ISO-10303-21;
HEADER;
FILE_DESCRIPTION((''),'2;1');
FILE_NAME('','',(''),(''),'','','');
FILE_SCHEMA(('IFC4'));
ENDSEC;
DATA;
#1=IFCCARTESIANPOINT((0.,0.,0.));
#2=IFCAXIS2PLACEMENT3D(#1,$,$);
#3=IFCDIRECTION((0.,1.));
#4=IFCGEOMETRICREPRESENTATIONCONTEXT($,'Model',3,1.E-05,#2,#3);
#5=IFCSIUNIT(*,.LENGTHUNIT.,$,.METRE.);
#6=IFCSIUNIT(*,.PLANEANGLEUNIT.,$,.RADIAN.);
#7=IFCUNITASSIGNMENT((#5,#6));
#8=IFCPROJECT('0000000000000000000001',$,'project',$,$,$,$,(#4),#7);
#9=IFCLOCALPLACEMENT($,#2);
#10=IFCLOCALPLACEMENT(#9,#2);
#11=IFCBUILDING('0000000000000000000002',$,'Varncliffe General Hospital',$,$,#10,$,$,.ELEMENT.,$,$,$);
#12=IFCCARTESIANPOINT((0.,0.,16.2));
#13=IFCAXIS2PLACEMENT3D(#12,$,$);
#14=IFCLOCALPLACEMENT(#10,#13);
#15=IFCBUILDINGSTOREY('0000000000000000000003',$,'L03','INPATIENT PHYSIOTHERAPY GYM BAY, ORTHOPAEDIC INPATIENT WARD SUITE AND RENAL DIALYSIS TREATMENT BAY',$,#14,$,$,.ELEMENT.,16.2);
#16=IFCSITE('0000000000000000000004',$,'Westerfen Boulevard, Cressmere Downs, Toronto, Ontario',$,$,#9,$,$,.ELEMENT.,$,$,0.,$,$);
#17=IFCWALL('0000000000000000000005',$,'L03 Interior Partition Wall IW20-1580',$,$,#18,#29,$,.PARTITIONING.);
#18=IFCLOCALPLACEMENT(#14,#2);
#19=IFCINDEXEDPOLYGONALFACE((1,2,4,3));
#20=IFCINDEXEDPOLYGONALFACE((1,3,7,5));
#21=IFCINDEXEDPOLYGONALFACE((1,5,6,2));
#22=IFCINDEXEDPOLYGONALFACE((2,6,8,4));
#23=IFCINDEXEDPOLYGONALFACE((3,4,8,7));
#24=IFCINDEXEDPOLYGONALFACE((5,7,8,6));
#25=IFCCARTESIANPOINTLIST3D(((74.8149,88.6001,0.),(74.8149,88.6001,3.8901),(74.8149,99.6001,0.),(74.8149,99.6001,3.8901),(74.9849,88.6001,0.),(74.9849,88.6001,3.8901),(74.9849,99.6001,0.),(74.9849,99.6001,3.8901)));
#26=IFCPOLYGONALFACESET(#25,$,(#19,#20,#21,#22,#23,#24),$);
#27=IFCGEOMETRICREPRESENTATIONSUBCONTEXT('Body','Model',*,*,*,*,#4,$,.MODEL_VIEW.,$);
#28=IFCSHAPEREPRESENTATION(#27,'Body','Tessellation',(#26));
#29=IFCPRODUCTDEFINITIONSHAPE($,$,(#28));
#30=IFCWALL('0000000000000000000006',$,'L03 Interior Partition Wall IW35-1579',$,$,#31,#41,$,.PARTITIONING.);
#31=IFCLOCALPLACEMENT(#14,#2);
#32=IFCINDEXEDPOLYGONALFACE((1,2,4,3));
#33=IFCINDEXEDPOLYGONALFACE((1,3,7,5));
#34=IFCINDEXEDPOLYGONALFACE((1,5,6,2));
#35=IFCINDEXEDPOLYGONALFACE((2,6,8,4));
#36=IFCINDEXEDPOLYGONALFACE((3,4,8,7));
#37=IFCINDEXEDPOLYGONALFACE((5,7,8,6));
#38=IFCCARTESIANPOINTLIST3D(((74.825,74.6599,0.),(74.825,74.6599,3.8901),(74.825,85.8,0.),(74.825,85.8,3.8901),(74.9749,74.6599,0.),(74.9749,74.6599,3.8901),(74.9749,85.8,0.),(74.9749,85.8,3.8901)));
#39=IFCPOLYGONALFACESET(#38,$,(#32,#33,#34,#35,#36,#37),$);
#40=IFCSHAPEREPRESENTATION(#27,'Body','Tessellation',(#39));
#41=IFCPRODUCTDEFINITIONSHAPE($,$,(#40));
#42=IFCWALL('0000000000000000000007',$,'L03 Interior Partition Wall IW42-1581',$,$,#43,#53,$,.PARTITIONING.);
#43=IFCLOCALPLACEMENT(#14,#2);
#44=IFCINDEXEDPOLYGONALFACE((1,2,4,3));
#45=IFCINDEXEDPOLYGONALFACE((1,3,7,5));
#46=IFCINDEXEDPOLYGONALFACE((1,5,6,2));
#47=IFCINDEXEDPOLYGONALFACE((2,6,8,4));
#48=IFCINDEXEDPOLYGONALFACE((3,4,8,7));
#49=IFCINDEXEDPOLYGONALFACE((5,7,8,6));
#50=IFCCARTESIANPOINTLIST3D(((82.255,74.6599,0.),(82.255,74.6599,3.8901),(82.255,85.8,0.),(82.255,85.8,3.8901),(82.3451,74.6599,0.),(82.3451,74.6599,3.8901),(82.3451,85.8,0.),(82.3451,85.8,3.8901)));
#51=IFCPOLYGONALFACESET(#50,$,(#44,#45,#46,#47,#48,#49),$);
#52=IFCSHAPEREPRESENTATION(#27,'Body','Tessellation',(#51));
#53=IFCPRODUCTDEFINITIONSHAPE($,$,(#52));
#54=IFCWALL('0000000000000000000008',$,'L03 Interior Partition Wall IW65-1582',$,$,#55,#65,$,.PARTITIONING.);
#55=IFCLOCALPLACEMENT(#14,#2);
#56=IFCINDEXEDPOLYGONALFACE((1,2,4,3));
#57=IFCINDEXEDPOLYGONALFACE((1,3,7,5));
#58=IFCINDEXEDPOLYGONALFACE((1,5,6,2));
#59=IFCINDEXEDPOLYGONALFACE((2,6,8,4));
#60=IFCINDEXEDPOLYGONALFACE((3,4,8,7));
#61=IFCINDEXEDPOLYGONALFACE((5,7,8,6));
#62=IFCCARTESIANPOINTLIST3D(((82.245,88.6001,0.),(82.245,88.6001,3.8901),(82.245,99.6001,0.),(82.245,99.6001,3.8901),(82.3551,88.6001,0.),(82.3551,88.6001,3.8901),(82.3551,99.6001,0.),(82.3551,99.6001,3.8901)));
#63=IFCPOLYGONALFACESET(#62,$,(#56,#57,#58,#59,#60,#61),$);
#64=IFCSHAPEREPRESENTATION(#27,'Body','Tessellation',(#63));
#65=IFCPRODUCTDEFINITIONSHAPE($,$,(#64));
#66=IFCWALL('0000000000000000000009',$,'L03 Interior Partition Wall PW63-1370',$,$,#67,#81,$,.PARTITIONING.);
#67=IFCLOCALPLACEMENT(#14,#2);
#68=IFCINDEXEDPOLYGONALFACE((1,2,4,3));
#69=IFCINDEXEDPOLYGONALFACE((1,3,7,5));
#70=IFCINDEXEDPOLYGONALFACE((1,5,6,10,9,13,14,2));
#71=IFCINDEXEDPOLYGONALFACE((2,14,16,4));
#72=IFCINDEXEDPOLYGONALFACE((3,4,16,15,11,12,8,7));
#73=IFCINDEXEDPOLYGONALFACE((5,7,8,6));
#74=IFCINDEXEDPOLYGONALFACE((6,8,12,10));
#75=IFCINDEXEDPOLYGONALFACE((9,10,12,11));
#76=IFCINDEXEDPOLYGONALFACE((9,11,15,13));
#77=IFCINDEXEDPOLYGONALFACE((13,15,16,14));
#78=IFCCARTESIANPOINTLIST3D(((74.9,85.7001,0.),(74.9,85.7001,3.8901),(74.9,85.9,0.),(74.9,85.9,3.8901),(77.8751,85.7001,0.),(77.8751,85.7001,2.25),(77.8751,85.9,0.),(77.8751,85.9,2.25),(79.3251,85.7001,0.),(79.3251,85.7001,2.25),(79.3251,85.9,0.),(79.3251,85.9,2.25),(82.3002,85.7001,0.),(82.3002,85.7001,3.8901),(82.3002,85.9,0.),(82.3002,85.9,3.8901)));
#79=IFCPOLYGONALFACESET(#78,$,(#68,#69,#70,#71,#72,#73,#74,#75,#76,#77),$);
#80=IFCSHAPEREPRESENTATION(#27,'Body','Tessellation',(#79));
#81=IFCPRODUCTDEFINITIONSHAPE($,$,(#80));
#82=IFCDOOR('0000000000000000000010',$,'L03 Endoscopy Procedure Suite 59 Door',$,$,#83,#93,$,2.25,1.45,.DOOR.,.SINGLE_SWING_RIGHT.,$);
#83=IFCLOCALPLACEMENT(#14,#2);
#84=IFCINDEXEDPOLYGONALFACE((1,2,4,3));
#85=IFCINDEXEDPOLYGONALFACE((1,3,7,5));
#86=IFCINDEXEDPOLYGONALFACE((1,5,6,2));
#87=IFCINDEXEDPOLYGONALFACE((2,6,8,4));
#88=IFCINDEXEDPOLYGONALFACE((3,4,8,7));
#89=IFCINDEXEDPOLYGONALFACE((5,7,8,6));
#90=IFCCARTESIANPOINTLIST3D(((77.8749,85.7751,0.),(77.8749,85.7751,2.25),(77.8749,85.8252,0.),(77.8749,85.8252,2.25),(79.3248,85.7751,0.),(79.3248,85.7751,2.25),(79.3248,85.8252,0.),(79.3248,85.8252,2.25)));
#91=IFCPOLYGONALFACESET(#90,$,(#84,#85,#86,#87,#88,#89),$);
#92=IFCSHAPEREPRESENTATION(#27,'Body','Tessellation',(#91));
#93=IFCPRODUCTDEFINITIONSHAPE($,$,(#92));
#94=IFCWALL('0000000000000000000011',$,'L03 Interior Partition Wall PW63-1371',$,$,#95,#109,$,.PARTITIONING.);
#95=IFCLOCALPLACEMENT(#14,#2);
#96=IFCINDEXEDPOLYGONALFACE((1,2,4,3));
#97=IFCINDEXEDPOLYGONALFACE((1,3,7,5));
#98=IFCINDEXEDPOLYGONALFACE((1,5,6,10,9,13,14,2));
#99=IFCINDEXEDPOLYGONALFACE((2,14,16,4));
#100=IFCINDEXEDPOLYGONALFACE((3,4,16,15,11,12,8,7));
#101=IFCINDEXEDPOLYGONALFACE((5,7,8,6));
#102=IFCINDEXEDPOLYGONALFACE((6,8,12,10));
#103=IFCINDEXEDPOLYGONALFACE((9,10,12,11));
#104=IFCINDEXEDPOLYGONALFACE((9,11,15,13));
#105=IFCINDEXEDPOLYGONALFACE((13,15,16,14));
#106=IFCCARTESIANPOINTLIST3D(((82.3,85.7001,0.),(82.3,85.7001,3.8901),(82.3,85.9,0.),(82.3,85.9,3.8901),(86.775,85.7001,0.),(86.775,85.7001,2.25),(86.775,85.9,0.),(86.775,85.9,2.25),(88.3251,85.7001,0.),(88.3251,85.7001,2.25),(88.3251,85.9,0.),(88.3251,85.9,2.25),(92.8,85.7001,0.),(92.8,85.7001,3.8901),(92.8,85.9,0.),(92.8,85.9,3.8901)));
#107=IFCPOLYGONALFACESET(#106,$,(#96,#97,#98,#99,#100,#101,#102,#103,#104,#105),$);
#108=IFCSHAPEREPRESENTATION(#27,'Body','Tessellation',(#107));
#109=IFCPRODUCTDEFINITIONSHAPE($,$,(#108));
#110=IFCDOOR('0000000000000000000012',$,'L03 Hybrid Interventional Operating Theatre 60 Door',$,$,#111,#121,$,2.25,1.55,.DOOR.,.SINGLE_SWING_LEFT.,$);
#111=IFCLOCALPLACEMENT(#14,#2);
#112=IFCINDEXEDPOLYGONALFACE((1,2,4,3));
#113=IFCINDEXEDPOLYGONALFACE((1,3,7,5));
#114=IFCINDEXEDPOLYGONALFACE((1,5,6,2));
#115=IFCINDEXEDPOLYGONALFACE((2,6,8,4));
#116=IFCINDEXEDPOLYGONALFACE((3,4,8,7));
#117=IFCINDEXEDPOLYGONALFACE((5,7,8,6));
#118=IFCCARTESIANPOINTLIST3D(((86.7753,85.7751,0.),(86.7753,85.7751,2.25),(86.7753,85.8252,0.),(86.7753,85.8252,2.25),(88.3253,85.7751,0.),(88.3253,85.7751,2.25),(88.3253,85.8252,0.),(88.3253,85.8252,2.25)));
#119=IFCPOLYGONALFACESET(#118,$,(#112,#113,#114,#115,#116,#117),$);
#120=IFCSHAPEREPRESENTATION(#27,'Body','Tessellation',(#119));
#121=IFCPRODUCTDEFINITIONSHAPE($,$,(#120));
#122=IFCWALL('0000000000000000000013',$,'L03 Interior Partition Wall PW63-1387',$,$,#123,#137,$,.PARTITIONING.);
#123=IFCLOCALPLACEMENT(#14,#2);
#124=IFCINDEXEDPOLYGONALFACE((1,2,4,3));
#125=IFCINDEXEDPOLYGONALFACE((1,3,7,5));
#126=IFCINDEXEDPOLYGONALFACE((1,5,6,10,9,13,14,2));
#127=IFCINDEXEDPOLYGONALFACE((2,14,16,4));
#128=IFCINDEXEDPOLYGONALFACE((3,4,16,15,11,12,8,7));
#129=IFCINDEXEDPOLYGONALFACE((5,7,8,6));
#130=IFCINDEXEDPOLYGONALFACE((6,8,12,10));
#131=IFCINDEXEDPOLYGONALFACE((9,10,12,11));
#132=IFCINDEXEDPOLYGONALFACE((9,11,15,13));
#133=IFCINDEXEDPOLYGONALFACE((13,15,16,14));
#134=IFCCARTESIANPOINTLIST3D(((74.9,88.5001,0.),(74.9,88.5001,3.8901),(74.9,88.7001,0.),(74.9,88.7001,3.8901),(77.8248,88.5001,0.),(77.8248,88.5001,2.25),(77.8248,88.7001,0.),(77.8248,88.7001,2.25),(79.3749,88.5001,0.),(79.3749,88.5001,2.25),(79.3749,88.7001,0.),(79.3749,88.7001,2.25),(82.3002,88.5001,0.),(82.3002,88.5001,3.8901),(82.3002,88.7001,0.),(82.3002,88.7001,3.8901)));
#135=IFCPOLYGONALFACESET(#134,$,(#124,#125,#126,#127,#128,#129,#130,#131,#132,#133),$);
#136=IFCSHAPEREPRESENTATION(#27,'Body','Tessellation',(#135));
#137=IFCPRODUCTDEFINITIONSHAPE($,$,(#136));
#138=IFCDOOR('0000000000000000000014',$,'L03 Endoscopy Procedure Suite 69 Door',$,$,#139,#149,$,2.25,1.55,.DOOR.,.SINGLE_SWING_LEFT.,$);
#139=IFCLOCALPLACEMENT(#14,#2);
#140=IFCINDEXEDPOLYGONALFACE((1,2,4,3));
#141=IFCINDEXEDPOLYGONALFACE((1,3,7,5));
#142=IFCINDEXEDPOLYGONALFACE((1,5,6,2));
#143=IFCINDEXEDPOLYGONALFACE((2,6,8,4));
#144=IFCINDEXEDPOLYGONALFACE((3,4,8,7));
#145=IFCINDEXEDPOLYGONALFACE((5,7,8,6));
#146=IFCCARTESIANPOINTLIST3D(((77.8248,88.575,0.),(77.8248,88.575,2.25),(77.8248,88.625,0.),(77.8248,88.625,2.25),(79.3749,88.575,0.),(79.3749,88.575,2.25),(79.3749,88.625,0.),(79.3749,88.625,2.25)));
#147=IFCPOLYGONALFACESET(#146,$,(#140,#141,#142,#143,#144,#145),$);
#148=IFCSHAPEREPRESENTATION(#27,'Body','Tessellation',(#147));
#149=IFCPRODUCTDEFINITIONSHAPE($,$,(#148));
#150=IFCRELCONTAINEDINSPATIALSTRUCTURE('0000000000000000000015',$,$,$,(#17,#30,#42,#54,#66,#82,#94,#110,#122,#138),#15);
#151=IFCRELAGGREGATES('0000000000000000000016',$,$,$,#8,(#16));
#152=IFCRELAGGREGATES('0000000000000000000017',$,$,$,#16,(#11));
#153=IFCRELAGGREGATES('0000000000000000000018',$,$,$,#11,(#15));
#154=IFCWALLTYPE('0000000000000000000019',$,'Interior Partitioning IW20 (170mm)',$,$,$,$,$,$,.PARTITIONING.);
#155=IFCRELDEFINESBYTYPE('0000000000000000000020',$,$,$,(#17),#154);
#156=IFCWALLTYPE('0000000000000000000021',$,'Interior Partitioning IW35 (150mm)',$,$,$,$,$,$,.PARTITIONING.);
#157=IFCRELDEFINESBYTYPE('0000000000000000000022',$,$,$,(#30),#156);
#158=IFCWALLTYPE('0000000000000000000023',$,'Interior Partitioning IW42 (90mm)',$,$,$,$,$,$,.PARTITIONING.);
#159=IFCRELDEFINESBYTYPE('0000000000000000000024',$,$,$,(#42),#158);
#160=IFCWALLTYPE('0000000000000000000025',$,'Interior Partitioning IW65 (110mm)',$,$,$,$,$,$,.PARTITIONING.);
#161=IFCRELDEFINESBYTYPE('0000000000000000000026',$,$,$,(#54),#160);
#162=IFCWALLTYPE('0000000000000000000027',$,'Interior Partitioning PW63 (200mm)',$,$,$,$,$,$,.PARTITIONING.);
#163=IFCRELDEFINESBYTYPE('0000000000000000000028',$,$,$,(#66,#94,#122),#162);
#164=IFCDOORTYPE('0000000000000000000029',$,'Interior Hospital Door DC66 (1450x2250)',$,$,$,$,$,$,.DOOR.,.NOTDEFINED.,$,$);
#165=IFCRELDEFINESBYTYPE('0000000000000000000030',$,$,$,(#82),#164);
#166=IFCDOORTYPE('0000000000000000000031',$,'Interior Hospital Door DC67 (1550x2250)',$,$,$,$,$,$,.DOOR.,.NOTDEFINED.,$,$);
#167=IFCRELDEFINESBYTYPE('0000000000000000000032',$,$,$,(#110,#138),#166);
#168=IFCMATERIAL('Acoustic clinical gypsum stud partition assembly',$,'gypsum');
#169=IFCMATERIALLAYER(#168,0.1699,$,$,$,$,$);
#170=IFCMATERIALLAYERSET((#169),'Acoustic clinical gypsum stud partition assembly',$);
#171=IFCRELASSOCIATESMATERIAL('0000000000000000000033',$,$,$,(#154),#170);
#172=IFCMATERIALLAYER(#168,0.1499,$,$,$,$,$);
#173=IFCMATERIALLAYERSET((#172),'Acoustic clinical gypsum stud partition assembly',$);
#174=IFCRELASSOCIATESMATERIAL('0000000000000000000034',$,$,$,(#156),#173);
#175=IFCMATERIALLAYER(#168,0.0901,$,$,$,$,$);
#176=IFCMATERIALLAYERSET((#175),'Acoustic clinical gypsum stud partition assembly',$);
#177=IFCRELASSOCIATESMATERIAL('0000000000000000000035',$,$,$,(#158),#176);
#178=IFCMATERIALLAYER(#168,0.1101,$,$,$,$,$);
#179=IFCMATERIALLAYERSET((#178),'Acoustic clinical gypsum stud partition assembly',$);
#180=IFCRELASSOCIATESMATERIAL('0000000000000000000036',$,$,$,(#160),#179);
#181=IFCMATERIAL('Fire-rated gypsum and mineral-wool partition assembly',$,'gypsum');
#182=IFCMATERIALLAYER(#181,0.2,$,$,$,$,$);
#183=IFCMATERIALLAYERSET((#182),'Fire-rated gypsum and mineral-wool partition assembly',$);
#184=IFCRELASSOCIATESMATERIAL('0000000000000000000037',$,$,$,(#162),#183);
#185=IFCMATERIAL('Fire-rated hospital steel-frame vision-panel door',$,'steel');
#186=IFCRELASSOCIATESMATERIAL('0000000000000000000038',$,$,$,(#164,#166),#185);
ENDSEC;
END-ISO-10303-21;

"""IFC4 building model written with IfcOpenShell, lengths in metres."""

from ifc_helpers import new_model, si_unit, direction, frame, frame_2d, origin, place, context, subcontext, project, spatial, rectangle, extrude, material, layer, layer_set, type_object, element, fill, save


model = new_model("IFC4")

# Units and contexts
model_context = context("Model", 3, precision=1e-05, world=origin(), true_north=direction((0.0, 1.0)))
body_context = subcontext(model_context, "Body", "Model", "MODEL_VIEW")
ifc_project = project(units=[si_unit("LENGTHUNIT", "METRE"), si_unit("PLANEANGLEUNIT", "RADIAN")], contexts=[model_context])

# Site, building, storey
site_placement = place(None, origin())
site = spatial("IfcSite", under=ifc_project, at=site_placement, Name="Westerfen Boulevard, Cressmere Downs, Toronto, Ontario", CompositionType="ELEMENT", RefElevation=0.0)
building_placement = place(site_placement, origin())
building = spatial("IfcBuilding", under=site, at=building_placement, Name="Varncliffe General Hospital", CompositionType="ELEMENT")
storey_placement = place(building_placement, frame((0.0, 0.0, 16.2)))
storey = spatial("IfcBuildingStorey", under=building, at=storey_placement, Name="L03", Description="INPATIENT PHYSIOTHERAPY GYM BAY, ORTHOPAEDIC INPATIENT WARD SUITE AND RENAL DIALYSIS TREATMENT BAY", CompositionType="ELEMENT", Elevation=16.2)

# Walls
ifc_material_1 = material(Name="Acoustic clinical gypsum stud partition assembly", Category="gypsum")
ifc_layer_1 = layer(ifc_material_1, 0.1699)
ifc_layer_set_1 = layer_set([ifc_layer_1], Name="Acoustic clinical gypsum stud partition assembly")
wall_type_1 = type_object("IfcWallType", Name="Interior Partitioning IW20 (170mm)", PredefinedType="PARTITIONING", material=ifc_layer_set_1)
wall_1_placement = place(storey_placement, frame((74.8999, 88.6001, 0.0), z_axis=(0.0, 0.0, 1.0), x_axis=(0.0, 1.0, 0.0)))
element("IfcWall", 1, at=wall_1_placement, inside=storey, type_object=wall_type_1, Name="L03 Interior Partition Wall IW20-1580", PredefinedType="PARTITIONING", context=body_context, shape_type="SweptSolid", body=[
    extrude(rectangle(XDim=11.0, YDim=0.1699, at=frame_2d((5.5, 0.0))), origin(), (0.0, 0.0, 1.0), 3.8901),
])
ifc_layer_2 = layer(ifc_material_1, 0.1499)
ifc_layer_set_2 = layer_set([ifc_layer_2], Name="Acoustic clinical gypsum stud partition assembly")
wall_type_2 = type_object("IfcWallType", Name="Interior Partitioning IW35 (150mm)", PredefinedType="PARTITIONING", material=ifc_layer_set_2)
wall_2_placement = place(storey_placement, frame((74.8999, 74.6599, 0.0), z_axis=(0.0, 0.0, 1.0), x_axis=(0.0, 1.0, 0.0)))
element("IfcWall", 2, at=wall_2_placement, inside=storey, type_object=wall_type_2, Name="L03 Interior Partition Wall IW35-1579", PredefinedType="PARTITIONING", context=body_context, shape_type="SweptSolid", body=[
    extrude(rectangle(XDim=11.1401, YDim=0.1499, at=frame_2d((5.5701, 0.0))), origin(), (0.0, 0.0, 1.0), 3.8901),
])
ifc_layer_3 = layer(ifc_material_1, 0.0901)
ifc_layer_set_3 = layer_set([ifc_layer_3], Name="Acoustic clinical gypsum stud partition assembly")
wall_type_3 = type_object("IfcWallType", Name="Interior Partitioning IW42 (90mm)", PredefinedType="PARTITIONING", material=ifc_layer_set_3)
wall_3_placement = place(storey_placement, frame((82.3, 74.6599, 0.0), z_axis=(0.0, 0.0, 1.0), x_axis=(0.0, 1.0, 0.0)))
element("IfcWall", 3, at=wall_3_placement, inside=storey, type_object=wall_type_3, Name="L03 Interior Partition Wall IW42-1581", PredefinedType="PARTITIONING", context=body_context, shape_type="SweptSolid", body=[
    extrude(rectangle(XDim=11.1401, YDim=0.0901, at=frame_2d((5.5701, 0.0))), origin(), (0.0, 0.0, 1.0), 3.8901),
])
ifc_layer_4 = layer(ifc_material_1, 0.1101)
ifc_layer_set_4 = layer_set([ifc_layer_4], Name="Acoustic clinical gypsum stud partition assembly")
wall_type_4 = type_object("IfcWallType", Name="Interior Partitioning IW65 (110mm)", PredefinedType="PARTITIONING", material=ifc_layer_set_4)
wall_4_placement = place(storey_placement, frame((82.3, 88.6001, 0.0), z_axis=(0.0, 0.0, 1.0), x_axis=(0.0, 1.0, 0.0)))
element("IfcWall", 4, at=wall_4_placement, inside=storey, type_object=wall_type_4, Name="L03 Interior Partition Wall IW65-1582", PredefinedType="PARTITIONING", context=body_context, shape_type="SweptSolid", body=[
    extrude(rectangle(XDim=11.0, YDim=0.1101, at=frame_2d((5.5, 0.0))), origin(), (0.0, 0.0, 1.0), 3.8901),
])

# Walls, openings, doors
ifc_material_2 = material(Name="Fire-rated gypsum and mineral-wool partition assembly", Category="gypsum")
ifc_layer_5 = layer(ifc_material_2, 0.2)
ifc_layer_set_5 = layer_set([ifc_layer_5], Name="Fire-rated gypsum and mineral-wool partition assembly")
wall_type_5 = type_object("IfcWallType", Name="Interior Partitioning PW63 (200mm)", PredefinedType="PARTITIONING", material=ifc_layer_set_5)
wall_5_placement = place(storey_placement, frame((74.8999, 85.8, 0.0), z_axis=(0.0, 0.0, 1.0), x_axis=(1.0, 0.0, 0.0)))
wall_5 = element("IfcWall", 5, at=wall_5_placement, inside=storey, type_object=wall_type_5, Name="L03 Interior Partition Wall PW63-1370", PredefinedType="PARTITIONING", context=body_context, shape_type="SweptSolid", body=[
    extrude(rectangle(XDim=7.4001, YDim=0.2, at=frame_2d((3.7002, 0.0))), origin(), (0.0, 0.0, 1.0), 3.8901),
])
opening_1_placement = place(wall_5_placement, frame((2.9751, 0.0, 0.0)))
opening_1 = element("IfcOpeningElement", 6, at=opening_1_placement, cuts=wall_5, PredefinedType="OPENING", context=body_context, shape_type="SweptSolid", body=[
    extrude(rectangle(XDim=1.45, YDim=2.25, at=frame_2d((0.7251, 1.125))), frame((0.0, 0.1099, 0.0), z_axis=(0.0, -1.0, 0.0), x_axis=(1.0, 0.0, 0.0)), (0.0, 0.0, 1.0), 0.22),
])
ifc_material_3 = material(Name="Fire-rated hospital steel-frame vision-panel door", Category="steel")
door_type_1 = type_object("IfcDoorType", Name="Interior Hospital Door DC66 (1450x2250)", OperationType="NOTDEFINED", PredefinedType="DOOR", material=ifc_material_3)
door_1_placement = place(opening_1_placement, frame((1.45, 0.0, 0.0), z_axis=(0.0, 0.0, 1.0), x_axis=(-1.0, 0.0, 0.0)))
door_1 = element("IfcDoor", 7, at=door_1_placement, inside=storey, type_object=door_type_1, Name="L03 Endoscopy Procedure Suite 59 Door", OperationType="SINGLE_SWING_RIGHT", OverallHeight=2.25, OverallWidth=1.45, PredefinedType="DOOR", context=body_context, shape_type="SweptSolid", body=[
    extrude(rectangle(XDim=1.45, YDim=2.25, at=frame_2d((0.7251, 1.125))), frame((0.0, 0.0249, 0.0), z_axis=(0.0, -1.0, 0.0), x_axis=(1.0, 0.0, 0.0)), (0.0, 0.0, 1.0), 0.05),
])
fill(opening_1, door_1)
wall_6_placement = place(storey_placement, frame((82.3, 85.8, 0.0), z_axis=(0.0, 0.0, 1.0), x_axis=(1.0, 0.0, 0.0)))
wall_6 = element("IfcWall", 8, at=wall_6_placement, inside=storey, type_object=wall_type_5, Name="L03 Interior Partition Wall PW63-1371", PredefinedType="PARTITIONING", context=body_context, shape_type="SweptSolid", body=[
    extrude(rectangle(XDim=10.5, YDim=0.2, at=frame_2d((5.25, 0.0))), origin(), (0.0, 0.0, 1.0), 3.8901),
])
opening_2_placement = place(wall_6_placement, frame((4.4751, 0.0, 0.0)))
opening_2 = element("IfcOpeningElement", 9, at=opening_2_placement, cuts=wall_6, PredefinedType="OPENING", context=body_context, shape_type="SweptSolid", body=[
    extrude(rectangle(XDim=1.55, YDim=2.25, at=frame_2d((0.7749, 1.125))), frame((0.0, 0.1099, 0.0), z_axis=(0.0, -1.0, 0.0), x_axis=(1.0, 0.0, 0.0)), (0.0, 0.0, 1.0), 0.22),
])
door_type_2 = type_object("IfcDoorType", Name="Interior Hospital Door DC67 (1550x2250)", OperationType="NOTDEFINED", PredefinedType="DOOR", material=ifc_material_3)
door_2_placement = place(opening_2_placement, frame((1.55, 0.0, 0.0), z_axis=(0.0, 0.0, 1.0), x_axis=(-1.0, 0.0, 0.0)))
door_2 = element("IfcDoor", 10, at=door_2_placement, inside=storey, type_object=door_type_2, Name="L03 Hybrid Interventional Operating Theatre 60 Door", OperationType="SINGLE_SWING_LEFT", OverallHeight=2.25, OverallWidth=1.55, PredefinedType="DOOR", context=body_context, shape_type="SweptSolid", body=[
    extrude(rectangle(XDim=1.55, YDim=2.25, at=frame_2d((0.7749, 1.125))), frame((0.0, 0.0249, 0.0), z_axis=(0.0, -1.0, 0.0), x_axis=(1.0, 0.0, 0.0)), (0.0, 0.0, 1.0), 0.05),
])
fill(opening_2, door_2)
wall_7_placement = place(storey_placement, frame((74.8999, 88.6001, 0.0), z_axis=(0.0, 0.0, 1.0), x_axis=(1.0, 0.0, 0.0)))
wall_7 = element("IfcWall", 11, at=wall_7_placement, inside=storey, type_object=wall_type_5, Name="L03 Interior Partition Wall PW63-1387", PredefinedType="PARTITIONING", context=body_context, shape_type="SweptSolid", body=[
    extrude(rectangle(XDim=7.4001, YDim=0.2, at=frame_2d((3.7002, 0.0))), origin(), (0.0, 0.0, 1.0), 3.8901),
])
opening_3_placement = place(wall_7_placement, frame((2.925, 0.0, 0.0)))
opening_3 = element("IfcOpeningElement", 12, at=opening_3_placement, cuts=wall_7, PredefinedType="OPENING", context=body_context, shape_type="SweptSolid", body=[
    extrude(rectangle(XDim=1.55, YDim=2.25, at=frame_2d((0.7749, 1.125))), frame((0.0, 0.1099, 0.0), z_axis=(0.0, -1.0, 0.0), x_axis=(1.0, 0.0, 0.0)), (0.0, 0.0, 1.0), 0.22),
])
door_3_placement = place(opening_3_placement, origin())
door_3 = element("IfcDoor", 13, at=door_3_placement, inside=storey, type_object=door_type_2, Name="L03 Endoscopy Procedure Suite 69 Door", OperationType="SINGLE_SWING_LEFT", OverallHeight=2.25, OverallWidth=1.55, PredefinedType="DOOR", context=body_context, shape_type="SweptSolid", body=[
    extrude(rectangle(XDim=1.55, YDim=2.25, at=frame_2d((0.7749, 1.125))), frame((0.0, 0.0249, 0.0), z_axis=(0.0, -1.0, 0.0), x_axis=(1.0, 0.0, 0.0)), (0.0, 0.0, 1.0), 0.05),
])
fill(opening_3, door_3)

save(model, "model.ifc")
